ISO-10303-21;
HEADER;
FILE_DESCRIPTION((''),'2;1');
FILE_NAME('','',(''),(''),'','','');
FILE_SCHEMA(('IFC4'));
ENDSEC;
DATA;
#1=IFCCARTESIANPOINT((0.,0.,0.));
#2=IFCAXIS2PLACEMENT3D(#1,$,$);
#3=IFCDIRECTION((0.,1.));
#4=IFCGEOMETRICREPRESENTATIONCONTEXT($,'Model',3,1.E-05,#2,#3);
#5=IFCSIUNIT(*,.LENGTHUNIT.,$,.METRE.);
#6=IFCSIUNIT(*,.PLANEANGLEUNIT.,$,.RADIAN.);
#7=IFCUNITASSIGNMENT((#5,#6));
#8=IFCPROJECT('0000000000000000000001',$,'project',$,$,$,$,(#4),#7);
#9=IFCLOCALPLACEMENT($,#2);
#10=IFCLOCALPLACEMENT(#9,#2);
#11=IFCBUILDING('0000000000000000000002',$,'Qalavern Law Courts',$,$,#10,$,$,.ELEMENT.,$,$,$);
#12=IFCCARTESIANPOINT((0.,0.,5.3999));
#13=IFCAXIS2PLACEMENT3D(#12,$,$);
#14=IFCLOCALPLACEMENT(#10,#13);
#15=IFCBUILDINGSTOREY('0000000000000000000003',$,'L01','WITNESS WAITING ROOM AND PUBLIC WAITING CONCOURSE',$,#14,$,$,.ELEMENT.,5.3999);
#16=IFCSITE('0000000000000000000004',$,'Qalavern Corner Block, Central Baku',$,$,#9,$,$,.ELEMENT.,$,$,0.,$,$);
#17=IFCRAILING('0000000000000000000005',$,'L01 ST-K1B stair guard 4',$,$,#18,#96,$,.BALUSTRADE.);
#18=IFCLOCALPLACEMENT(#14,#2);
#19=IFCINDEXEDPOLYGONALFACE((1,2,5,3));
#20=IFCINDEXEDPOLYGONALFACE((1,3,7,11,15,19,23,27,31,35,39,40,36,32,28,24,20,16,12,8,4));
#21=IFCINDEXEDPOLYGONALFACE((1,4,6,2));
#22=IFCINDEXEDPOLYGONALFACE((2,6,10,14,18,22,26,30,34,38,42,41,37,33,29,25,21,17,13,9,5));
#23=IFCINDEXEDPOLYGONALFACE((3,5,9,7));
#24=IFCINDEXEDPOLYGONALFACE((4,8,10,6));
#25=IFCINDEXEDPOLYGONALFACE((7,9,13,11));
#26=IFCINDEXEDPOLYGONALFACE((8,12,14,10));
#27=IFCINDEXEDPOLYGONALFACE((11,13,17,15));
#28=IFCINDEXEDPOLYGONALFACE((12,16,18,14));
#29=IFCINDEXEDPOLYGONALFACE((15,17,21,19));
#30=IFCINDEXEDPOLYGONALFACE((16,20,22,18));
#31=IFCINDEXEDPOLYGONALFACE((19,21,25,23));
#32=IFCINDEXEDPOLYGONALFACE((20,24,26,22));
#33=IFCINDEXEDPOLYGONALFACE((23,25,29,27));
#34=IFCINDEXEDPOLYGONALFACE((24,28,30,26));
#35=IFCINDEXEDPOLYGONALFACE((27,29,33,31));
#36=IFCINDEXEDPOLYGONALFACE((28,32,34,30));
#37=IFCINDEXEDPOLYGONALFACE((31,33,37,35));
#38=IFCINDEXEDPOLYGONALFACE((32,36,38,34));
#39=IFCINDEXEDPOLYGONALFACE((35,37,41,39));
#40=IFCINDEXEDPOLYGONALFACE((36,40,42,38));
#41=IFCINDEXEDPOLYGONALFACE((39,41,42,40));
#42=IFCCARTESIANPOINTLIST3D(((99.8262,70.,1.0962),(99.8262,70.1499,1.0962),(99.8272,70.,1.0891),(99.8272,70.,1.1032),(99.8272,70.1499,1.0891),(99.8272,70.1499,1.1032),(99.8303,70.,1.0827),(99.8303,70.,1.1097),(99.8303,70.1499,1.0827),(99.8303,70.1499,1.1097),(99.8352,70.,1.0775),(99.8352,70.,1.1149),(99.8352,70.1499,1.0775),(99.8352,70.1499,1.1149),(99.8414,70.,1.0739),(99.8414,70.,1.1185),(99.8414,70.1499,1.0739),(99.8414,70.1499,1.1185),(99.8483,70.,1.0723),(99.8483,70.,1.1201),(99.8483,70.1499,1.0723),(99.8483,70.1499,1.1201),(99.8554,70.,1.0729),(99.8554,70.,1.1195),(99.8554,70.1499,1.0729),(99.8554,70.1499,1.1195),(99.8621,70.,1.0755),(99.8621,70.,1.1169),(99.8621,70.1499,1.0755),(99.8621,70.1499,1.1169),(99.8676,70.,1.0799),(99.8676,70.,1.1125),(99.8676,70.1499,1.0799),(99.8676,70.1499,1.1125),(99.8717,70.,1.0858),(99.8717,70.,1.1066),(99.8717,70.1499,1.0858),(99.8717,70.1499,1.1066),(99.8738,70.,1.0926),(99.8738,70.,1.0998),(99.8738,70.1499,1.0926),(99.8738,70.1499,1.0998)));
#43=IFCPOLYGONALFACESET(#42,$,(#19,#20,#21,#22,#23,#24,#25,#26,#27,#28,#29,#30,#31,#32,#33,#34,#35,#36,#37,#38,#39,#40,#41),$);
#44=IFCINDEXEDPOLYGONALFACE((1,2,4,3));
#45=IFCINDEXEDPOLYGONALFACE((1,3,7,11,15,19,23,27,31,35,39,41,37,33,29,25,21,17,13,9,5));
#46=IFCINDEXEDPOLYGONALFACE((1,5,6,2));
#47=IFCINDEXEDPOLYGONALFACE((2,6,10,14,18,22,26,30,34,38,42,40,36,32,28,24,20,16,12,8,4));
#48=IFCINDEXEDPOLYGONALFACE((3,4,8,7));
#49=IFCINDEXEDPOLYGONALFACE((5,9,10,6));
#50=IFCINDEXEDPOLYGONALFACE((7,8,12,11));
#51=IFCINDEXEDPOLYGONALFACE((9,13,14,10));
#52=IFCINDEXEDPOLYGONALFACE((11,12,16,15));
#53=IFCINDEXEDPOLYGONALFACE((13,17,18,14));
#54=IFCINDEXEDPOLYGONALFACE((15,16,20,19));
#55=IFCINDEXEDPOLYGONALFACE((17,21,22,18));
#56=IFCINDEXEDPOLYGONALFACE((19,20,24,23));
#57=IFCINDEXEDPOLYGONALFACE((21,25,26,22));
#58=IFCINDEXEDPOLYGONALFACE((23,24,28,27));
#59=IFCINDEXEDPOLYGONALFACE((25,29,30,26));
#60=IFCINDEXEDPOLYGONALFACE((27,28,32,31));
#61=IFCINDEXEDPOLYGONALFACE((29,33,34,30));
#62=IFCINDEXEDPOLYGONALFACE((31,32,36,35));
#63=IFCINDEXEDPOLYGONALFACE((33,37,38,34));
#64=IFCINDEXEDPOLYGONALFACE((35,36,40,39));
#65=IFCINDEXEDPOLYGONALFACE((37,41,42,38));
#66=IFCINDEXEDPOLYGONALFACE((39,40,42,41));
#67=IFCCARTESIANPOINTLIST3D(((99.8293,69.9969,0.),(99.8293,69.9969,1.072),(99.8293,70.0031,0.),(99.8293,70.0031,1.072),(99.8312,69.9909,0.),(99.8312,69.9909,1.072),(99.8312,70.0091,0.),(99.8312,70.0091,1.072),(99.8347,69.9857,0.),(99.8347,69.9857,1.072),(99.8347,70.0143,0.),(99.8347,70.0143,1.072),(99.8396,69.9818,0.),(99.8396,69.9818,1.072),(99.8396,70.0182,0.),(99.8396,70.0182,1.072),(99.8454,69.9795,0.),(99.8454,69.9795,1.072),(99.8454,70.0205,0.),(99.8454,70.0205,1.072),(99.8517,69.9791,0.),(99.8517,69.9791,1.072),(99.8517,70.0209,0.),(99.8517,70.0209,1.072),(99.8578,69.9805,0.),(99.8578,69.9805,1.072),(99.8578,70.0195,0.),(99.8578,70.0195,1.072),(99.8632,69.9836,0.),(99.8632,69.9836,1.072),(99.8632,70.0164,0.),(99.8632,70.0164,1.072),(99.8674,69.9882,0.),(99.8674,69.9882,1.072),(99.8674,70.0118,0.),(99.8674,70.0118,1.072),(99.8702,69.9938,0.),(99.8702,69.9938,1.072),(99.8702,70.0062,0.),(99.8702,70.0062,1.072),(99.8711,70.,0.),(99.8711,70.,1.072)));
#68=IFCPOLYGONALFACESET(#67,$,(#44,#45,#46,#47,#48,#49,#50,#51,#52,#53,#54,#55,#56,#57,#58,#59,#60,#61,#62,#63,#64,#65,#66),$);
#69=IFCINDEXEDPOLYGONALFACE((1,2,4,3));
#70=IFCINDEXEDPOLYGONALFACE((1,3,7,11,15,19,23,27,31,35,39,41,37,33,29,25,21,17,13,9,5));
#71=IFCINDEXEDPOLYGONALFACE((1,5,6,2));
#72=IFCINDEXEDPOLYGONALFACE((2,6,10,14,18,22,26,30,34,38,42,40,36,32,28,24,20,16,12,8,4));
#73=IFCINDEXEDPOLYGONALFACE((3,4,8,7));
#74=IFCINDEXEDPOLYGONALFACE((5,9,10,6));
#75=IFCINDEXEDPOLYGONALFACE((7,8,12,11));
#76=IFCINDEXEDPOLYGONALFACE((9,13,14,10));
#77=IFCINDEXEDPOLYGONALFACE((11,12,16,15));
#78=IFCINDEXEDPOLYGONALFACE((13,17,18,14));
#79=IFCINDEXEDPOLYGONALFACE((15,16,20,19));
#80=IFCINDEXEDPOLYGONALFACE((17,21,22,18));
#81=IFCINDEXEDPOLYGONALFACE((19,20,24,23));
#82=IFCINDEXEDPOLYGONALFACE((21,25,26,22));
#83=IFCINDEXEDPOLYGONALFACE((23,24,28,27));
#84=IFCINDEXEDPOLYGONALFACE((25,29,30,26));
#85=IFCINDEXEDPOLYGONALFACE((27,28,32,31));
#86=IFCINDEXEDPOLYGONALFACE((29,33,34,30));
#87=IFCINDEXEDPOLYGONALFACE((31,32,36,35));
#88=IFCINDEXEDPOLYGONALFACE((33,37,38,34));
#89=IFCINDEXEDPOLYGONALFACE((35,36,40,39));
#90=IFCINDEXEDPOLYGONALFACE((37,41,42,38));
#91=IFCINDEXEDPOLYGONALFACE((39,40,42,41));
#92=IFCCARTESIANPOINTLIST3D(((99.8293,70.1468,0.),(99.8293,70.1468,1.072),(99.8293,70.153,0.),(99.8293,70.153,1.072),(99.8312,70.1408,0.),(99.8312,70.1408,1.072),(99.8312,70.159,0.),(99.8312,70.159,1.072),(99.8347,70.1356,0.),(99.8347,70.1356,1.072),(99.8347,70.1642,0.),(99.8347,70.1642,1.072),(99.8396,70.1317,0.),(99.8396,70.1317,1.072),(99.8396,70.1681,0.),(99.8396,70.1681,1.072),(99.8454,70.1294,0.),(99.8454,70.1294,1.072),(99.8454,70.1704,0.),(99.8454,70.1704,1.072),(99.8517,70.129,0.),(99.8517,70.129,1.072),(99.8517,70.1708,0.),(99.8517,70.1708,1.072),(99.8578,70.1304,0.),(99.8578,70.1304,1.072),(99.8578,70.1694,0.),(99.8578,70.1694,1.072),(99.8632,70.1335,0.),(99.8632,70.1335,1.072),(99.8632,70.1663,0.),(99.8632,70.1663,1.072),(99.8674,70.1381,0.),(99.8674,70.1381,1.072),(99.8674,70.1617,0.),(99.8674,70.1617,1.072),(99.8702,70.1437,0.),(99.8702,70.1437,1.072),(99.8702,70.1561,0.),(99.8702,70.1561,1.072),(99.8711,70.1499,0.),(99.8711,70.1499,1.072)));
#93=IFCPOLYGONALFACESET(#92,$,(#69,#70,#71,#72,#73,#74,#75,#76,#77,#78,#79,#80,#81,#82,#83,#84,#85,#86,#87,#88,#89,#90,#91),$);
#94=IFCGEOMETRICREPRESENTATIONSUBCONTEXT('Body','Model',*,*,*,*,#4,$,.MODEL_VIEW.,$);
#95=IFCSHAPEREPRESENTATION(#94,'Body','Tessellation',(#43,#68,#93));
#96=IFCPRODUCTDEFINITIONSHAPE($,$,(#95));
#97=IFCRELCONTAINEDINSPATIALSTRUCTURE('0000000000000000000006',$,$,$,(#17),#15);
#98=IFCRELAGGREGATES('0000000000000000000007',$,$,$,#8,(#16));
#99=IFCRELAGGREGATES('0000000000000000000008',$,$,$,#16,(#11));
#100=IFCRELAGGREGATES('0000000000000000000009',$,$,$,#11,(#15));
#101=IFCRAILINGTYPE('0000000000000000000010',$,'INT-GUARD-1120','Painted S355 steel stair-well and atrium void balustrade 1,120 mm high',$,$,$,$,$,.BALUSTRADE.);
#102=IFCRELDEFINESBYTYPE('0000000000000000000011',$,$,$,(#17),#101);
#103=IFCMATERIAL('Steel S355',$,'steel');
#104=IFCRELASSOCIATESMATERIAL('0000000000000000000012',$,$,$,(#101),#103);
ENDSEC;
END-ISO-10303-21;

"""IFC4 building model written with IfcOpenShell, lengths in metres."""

from ifc_helpers import new_model, si_unit, direction, frame, origin, origin_2d, place, context, subcontext, project, spatial, circle, extrude, material, type_object, element, save


model = new_model("IFC4")

# Units and contexts
model_context = context("Model", 3, precision=1e-05, world=origin(), true_north=direction((0.0, 1.0)))
body_context = subcontext(model_context, "Body", "Model", "MODEL_VIEW")
ifc_project = project(units=[si_unit("LENGTHUNIT", "METRE"), si_unit("PLANEANGLEUNIT", "RADIAN")], contexts=[model_context])

# Site, building, storey
site_placement = place(None, origin())
site = spatial("IfcSite", under=ifc_project, at=site_placement, Name="Qalavern Corner Block, Central Baku", CompositionType="ELEMENT", RefElevation=0.0)
building_placement = place(site_placement, origin())
building = spatial("IfcBuilding", under=site, at=building_placement, Name="Qalavern Law Courts", CompositionType="ELEMENT")
storey_placement = place(building_placement, frame((0.0, 0.0, 5.3999)))
storey = spatial("IfcBuildingStorey", under=building, at=storey_placement, Name="L01", Description="WITNESS WAITING ROOM AND PUBLIC WAITING CONCOURSE", CompositionType="ELEMENT", Elevation=5.3999)

# Shared definitions
ifc_material_1 = material(Name="Steel S355", Category="steel")

# Railing
railing_type_1 = type_object("IfcRailingType", Name="INT-GUARD-1120", Description="Painted S355 steel stair-well and atrium void balustrade 1,120 mm high", PredefinedType="BALUSTRADE", material=ifc_material_1)
railing_1_placement = place(storey_placement, frame((99.8501, 70.0, 0.0)))
element("IfcRailing", 1, at=railing_1_placement, inside=storey, type_object=railing_type_1, Name="L01 ST-K1B stair guard 4", PredefinedType="BALUSTRADE", context=body_context, shape_type="SweptSolid", body=[
    extrude(circle(Radius=0.0239, at=origin_2d()), frame((0.0, 0.0, 1.0962), z_axis=(0.0, 1.0, 0.0), x_axis=(-1.0, 0.0, 0.0)), (0.0, 0.0, 1.0), 0.1499),
    extrude(circle(Radius=0.021, at=origin_2d()), origin(), (0.0, 0.0, 1.0), 1.072),
    extrude(circle(Radius=0.021, at=origin_2d()), frame((0.0, 0.1499, 0.0)), (0.0, 0.0, 1.0), 1.072),
])

save(model, "model.ifc")
